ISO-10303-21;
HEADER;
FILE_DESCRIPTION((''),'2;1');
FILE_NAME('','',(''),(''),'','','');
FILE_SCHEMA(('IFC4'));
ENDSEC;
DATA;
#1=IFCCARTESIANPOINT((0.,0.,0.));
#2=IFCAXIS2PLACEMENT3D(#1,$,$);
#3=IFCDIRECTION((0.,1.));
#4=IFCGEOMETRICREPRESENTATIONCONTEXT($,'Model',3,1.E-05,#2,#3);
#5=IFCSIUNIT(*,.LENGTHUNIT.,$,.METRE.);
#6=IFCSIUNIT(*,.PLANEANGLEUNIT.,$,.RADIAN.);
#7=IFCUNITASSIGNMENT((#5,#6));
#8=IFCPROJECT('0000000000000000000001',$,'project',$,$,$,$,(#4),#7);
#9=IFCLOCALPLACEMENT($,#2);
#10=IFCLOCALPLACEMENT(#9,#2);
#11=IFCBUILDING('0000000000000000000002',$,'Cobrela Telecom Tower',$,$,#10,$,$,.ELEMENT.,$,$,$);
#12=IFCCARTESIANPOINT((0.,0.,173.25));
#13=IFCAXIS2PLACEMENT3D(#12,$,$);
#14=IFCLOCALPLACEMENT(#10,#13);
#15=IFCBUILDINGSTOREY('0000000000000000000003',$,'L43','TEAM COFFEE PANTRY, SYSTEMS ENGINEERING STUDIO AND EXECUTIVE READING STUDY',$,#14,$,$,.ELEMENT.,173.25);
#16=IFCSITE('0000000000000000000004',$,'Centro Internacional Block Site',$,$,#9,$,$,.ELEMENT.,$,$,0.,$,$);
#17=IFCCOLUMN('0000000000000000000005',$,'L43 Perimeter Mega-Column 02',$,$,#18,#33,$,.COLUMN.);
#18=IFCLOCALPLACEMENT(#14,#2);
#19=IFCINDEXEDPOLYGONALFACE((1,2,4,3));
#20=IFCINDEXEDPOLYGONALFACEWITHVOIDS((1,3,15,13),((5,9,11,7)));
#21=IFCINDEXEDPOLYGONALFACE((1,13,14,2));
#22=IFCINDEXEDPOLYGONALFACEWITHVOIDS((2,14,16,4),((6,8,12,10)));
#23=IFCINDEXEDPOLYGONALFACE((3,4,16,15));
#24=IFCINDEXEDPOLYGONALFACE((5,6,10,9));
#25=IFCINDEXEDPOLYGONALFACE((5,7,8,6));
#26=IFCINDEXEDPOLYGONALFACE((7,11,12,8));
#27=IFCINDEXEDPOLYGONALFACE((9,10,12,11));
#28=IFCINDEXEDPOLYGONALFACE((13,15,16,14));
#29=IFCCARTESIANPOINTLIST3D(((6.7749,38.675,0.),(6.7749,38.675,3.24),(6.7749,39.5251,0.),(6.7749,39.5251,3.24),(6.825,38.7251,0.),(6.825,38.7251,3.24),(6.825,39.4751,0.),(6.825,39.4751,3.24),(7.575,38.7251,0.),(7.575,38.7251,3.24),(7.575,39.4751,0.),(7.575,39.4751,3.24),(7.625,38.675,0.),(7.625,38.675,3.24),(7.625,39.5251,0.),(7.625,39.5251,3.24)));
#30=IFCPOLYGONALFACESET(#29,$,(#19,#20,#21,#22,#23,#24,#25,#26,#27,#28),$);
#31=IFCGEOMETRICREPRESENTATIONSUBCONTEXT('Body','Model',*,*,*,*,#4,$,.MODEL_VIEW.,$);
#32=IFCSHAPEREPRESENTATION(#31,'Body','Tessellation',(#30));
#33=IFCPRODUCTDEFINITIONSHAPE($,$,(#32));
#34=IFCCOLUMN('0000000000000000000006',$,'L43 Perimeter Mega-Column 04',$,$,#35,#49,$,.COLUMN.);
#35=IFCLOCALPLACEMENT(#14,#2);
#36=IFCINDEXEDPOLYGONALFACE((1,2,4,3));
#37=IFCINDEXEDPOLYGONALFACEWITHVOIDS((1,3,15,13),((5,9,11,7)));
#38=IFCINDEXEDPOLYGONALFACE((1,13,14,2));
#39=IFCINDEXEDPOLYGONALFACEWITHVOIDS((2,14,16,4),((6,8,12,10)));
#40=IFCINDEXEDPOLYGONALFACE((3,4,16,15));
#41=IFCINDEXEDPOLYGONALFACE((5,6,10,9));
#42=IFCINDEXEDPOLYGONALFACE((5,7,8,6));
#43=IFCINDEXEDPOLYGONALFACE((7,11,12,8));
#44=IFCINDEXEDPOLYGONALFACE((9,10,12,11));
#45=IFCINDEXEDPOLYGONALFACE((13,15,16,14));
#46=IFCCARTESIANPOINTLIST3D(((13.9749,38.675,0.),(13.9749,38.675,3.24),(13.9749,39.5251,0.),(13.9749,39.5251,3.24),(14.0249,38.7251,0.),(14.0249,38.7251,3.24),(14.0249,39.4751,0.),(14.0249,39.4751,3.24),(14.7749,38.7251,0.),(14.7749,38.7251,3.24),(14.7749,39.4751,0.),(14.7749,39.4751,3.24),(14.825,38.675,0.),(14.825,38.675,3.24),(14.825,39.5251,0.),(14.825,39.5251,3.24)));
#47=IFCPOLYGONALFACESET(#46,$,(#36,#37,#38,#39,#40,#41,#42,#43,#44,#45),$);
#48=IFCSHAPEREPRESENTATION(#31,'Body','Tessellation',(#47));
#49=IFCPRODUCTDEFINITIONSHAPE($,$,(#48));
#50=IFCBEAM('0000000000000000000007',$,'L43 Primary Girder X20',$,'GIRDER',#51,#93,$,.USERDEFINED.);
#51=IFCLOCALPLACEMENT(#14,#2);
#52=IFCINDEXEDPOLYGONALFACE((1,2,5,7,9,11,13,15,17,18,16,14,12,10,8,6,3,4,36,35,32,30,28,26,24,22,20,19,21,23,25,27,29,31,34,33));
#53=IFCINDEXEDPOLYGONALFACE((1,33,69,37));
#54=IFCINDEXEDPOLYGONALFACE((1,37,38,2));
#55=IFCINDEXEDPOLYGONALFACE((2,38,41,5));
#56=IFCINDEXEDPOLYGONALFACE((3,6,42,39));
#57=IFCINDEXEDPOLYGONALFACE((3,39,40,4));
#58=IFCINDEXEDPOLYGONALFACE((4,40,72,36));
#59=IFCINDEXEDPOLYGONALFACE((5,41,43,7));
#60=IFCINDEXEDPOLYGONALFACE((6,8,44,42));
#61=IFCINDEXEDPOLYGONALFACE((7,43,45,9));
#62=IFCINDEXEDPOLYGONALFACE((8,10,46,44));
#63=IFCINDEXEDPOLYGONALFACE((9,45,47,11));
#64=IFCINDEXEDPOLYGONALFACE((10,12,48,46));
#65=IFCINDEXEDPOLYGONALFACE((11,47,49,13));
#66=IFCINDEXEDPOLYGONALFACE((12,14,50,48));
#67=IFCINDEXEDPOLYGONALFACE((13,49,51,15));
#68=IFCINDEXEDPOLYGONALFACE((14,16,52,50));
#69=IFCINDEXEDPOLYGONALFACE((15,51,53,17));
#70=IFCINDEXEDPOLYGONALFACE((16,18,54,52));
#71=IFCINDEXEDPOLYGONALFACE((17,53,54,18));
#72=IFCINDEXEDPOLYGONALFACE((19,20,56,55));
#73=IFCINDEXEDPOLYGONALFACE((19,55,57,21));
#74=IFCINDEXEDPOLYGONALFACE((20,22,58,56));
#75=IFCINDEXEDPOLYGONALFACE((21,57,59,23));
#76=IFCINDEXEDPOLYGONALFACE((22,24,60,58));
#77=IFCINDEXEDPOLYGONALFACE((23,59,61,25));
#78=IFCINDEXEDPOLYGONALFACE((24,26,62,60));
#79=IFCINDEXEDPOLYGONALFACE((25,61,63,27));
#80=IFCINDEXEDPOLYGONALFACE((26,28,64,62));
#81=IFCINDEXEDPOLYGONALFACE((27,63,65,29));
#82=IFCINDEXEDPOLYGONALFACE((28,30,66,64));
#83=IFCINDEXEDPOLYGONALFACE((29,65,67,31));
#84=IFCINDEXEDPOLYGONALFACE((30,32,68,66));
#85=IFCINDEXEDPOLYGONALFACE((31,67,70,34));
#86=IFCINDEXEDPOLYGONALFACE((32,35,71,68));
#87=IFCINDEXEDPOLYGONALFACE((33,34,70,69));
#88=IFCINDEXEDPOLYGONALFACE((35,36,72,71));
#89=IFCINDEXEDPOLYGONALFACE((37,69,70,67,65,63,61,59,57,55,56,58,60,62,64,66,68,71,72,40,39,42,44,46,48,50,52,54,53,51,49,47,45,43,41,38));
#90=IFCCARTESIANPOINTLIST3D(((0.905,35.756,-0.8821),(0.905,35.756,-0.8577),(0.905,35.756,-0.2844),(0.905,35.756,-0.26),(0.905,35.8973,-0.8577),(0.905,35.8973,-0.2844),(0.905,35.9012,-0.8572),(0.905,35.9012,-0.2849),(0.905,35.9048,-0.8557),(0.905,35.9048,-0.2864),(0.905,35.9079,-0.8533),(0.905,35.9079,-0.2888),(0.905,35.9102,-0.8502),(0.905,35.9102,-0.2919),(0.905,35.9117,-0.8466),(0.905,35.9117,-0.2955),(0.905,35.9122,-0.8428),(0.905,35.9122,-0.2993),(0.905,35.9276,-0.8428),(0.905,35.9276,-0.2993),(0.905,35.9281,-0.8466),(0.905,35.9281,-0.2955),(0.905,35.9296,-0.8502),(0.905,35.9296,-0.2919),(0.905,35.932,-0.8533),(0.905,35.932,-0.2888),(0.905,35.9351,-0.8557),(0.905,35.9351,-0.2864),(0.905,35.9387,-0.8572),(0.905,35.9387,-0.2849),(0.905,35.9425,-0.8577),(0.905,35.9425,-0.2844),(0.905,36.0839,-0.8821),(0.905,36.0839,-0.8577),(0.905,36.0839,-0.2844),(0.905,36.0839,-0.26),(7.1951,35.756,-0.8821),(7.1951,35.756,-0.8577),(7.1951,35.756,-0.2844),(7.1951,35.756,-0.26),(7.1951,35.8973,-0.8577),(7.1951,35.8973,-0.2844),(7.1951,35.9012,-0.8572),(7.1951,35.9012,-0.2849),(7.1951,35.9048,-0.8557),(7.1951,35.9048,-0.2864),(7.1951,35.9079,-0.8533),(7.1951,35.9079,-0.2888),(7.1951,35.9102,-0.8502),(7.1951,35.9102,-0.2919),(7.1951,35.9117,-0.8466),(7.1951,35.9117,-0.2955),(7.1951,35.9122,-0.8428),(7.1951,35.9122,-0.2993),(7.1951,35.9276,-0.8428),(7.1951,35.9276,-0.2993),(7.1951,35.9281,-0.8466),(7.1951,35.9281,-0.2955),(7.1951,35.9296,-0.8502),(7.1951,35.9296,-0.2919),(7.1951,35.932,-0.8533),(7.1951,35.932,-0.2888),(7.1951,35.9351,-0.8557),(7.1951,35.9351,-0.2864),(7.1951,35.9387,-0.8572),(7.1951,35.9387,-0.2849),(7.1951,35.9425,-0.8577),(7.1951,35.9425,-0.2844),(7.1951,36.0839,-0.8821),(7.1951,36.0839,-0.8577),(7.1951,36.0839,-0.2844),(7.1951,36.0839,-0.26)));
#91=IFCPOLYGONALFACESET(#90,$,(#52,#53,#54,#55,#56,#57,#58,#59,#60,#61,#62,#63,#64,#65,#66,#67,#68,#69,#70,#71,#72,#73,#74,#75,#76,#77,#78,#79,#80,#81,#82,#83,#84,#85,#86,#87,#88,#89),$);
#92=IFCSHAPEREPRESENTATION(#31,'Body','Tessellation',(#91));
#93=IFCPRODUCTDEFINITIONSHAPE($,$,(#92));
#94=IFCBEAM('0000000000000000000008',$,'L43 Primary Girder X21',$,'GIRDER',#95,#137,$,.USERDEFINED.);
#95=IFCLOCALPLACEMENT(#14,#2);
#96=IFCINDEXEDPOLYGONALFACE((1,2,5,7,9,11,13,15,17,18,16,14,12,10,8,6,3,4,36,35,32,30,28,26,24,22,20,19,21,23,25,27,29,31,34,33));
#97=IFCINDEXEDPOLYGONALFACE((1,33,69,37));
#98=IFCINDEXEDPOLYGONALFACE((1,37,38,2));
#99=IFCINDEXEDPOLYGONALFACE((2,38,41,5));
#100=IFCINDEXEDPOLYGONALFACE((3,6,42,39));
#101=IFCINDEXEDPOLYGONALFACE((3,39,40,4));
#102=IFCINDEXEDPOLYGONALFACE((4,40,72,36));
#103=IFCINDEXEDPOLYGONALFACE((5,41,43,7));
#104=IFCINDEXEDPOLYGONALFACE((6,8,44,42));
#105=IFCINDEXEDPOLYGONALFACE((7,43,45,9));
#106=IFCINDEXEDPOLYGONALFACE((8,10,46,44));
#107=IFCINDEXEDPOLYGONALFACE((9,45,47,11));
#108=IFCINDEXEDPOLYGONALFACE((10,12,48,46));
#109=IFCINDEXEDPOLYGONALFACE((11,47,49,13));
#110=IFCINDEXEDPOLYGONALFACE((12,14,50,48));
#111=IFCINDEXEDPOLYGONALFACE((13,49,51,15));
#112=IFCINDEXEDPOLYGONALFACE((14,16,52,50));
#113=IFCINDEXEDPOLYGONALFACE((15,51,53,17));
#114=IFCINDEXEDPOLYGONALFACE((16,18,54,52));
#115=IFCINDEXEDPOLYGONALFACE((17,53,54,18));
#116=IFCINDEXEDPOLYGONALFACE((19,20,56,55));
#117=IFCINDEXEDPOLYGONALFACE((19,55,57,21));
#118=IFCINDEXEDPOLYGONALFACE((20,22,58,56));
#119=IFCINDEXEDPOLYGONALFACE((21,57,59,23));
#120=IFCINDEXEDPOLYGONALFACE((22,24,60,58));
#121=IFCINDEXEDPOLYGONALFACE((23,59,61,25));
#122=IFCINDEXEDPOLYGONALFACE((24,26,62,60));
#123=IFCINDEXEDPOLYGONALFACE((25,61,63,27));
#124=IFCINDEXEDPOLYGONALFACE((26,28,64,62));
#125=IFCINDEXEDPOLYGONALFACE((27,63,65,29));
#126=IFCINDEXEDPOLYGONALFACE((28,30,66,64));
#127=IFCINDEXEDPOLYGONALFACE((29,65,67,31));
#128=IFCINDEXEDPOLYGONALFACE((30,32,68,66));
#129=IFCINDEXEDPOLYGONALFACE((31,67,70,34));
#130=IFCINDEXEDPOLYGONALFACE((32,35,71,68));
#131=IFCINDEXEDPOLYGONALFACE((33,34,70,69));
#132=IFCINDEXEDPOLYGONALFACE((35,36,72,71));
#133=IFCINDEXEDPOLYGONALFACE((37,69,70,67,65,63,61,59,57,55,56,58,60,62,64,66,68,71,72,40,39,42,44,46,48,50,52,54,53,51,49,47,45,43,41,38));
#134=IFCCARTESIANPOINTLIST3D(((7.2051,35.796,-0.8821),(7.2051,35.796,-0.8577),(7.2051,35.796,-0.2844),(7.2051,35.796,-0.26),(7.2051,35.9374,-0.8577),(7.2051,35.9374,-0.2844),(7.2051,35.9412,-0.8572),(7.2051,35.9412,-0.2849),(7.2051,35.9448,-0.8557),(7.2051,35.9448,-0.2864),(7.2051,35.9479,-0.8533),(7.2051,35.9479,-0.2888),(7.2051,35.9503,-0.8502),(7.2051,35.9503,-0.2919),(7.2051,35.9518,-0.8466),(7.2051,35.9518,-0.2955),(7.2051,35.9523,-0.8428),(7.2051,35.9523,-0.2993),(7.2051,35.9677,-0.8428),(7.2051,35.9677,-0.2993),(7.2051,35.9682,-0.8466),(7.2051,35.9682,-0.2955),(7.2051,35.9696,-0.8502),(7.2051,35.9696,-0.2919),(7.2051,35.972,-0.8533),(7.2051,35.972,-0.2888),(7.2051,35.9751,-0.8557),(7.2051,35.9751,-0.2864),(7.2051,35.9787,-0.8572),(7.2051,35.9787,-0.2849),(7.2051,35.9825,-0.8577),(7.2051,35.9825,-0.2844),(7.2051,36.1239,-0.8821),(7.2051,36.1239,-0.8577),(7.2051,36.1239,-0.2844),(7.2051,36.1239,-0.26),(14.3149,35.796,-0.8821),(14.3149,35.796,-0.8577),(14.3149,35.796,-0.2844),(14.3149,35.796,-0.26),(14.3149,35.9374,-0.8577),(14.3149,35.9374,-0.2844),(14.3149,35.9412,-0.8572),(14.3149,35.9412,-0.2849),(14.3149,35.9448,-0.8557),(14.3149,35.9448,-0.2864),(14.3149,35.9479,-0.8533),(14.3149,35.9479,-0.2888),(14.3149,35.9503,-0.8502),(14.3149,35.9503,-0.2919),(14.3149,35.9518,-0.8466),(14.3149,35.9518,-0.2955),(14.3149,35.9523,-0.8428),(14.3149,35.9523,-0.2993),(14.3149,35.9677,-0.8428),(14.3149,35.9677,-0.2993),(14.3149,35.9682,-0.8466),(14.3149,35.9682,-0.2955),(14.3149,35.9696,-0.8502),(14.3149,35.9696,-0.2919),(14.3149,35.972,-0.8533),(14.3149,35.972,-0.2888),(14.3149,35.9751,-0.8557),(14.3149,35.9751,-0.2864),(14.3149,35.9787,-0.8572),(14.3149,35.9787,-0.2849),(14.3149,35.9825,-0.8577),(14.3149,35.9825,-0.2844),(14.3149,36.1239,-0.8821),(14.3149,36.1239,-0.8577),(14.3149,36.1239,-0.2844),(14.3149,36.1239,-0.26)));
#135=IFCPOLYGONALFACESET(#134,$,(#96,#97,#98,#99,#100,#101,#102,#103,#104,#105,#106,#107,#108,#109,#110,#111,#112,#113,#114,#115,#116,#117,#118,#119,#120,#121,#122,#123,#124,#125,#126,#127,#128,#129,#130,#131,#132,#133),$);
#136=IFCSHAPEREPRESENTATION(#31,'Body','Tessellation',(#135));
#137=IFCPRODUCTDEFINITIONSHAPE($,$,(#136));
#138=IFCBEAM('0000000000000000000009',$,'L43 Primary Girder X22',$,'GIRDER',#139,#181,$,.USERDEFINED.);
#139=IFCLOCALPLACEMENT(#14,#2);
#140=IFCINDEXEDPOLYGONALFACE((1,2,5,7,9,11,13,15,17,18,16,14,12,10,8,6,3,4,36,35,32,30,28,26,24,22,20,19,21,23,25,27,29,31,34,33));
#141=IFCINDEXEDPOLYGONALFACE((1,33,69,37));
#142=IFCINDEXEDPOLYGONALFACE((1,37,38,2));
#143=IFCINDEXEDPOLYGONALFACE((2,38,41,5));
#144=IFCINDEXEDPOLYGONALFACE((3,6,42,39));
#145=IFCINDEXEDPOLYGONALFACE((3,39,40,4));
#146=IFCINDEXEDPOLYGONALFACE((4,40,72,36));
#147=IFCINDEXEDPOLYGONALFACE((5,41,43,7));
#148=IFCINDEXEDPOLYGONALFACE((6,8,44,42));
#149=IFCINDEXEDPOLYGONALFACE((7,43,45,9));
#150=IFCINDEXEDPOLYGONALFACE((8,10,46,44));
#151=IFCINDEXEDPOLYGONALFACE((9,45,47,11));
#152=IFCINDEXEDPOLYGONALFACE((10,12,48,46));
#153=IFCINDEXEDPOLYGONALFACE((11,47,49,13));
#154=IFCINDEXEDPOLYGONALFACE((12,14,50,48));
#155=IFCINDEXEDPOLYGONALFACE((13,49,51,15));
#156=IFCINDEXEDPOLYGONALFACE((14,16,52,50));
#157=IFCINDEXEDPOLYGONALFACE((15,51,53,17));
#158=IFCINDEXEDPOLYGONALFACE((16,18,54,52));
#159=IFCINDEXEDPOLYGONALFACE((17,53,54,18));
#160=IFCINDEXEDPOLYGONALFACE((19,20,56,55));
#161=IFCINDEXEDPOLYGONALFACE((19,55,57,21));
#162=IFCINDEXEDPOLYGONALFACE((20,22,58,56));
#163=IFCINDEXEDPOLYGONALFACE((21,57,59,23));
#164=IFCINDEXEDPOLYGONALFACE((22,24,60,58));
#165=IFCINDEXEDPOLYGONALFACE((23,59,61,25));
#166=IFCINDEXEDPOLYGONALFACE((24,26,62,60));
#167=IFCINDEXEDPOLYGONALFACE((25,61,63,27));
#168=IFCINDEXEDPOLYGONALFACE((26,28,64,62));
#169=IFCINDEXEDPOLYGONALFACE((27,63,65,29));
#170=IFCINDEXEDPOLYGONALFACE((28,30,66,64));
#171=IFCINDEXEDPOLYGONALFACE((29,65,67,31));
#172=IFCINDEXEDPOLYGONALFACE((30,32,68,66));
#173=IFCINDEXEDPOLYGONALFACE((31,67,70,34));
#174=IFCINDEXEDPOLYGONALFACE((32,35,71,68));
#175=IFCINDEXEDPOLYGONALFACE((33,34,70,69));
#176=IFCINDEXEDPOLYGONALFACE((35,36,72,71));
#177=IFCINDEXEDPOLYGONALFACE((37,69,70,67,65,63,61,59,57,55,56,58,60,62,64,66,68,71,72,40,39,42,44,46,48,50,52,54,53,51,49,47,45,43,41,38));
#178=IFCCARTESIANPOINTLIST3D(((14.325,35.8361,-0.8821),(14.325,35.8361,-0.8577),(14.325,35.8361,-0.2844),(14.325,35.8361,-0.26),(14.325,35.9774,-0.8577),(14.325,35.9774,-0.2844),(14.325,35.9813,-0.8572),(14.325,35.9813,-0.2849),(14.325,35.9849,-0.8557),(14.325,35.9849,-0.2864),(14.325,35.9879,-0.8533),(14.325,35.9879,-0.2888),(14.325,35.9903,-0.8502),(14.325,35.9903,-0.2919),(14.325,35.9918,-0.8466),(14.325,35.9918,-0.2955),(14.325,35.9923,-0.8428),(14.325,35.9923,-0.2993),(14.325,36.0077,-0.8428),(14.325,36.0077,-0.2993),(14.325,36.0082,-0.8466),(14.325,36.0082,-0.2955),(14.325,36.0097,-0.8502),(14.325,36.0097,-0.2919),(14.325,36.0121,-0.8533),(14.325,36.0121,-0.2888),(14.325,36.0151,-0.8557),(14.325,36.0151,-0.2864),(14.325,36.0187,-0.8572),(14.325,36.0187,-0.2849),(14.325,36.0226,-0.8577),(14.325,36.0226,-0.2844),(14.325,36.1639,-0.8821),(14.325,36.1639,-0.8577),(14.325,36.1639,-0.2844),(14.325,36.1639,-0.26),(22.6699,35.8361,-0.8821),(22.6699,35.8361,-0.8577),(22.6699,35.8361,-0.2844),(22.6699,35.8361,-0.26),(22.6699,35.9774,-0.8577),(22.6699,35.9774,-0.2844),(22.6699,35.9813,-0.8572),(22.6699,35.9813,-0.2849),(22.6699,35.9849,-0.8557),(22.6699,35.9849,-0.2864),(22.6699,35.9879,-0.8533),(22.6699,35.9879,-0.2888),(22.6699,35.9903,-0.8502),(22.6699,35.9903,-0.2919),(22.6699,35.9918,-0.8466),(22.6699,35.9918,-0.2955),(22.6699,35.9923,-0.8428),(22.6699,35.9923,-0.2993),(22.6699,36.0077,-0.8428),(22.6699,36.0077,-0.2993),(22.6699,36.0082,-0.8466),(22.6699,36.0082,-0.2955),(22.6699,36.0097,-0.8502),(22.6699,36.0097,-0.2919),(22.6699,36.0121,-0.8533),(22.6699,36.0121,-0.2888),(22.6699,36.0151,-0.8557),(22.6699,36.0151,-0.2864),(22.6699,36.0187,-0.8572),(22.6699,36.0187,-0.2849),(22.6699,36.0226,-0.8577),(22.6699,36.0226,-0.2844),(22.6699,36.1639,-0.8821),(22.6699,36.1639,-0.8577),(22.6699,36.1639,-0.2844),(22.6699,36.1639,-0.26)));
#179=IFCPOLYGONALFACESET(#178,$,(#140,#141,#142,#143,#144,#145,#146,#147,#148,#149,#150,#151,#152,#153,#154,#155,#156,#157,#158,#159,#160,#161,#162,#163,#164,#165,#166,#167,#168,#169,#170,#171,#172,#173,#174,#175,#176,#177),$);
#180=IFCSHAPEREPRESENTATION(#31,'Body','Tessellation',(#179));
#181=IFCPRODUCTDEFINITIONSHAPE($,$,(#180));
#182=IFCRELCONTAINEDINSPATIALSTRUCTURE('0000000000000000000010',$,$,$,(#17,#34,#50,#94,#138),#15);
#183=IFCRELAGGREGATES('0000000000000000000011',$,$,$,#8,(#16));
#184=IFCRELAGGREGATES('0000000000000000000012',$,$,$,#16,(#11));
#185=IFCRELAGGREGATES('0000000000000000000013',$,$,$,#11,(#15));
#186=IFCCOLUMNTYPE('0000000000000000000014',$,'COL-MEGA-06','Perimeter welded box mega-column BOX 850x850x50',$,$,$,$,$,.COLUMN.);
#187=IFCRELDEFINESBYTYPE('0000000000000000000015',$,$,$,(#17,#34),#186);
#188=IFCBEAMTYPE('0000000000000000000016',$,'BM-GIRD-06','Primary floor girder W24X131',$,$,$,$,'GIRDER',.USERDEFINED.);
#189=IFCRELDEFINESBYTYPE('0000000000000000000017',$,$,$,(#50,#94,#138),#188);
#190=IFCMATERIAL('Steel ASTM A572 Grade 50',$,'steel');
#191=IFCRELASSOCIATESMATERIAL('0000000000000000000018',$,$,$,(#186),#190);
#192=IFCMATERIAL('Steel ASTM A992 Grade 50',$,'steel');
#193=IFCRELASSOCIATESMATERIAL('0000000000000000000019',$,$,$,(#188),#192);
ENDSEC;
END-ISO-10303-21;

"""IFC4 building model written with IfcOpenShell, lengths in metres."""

from ifc_helpers import new_model, si_unit, direction, frame, origin, origin_2d, place, context, subcontext, project, spatial, hollow_rectangle, i_section, extrude, material, material_profile, profile_set, type_object, element, save


model = new_model("IFC4")

# Units and contexts
model_context = context("Model", 3, precision=1e-05, world=origin(), true_north=direction((0.0, 1.0)))
body_context = subcontext(model_context, "Body", "Model", "MODEL_VIEW")
ifc_project = project(units=[si_unit("LENGTHUNIT", "METRE"), si_unit("PLANEANGLEUNIT", "RADIAN")], contexts=[model_context])

# Site, building, storey
site_placement = place(None, origin())
site = spatial("IfcSite", under=ifc_project, at=site_placement, Name="Centro Internacional Block Site", CompositionType="ELEMENT", RefElevation=0.0)
building_placement = place(site_placement, origin())
building = spatial("IfcBuilding", under=site, at=building_placement, Name="Cobrela Telecom Tower", CompositionType="ELEMENT")
storey_placement = place(building_placement, frame((0.0, 0.0, 173.25)))
storey = spatial("IfcBuildingStorey", under=building, at=storey_placement, Name="L43", Description="TEAM COFFEE PANTRY, SYSTEMS ENGINEERING STUDIO AND EXECUTIVE READING STUDY", CompositionType="ELEMENT", Elevation=173.25)

# Columns
ifc_material_1 = material(Name="Steel ASTM A572 Grade 50", Category="steel")
ifc_material_profile_1 = material_profile(ifc_material_1, hollow_rectangle(XDim=0.8501, YDim=0.8501, WallThickness=0.05, at=origin_2d()), Name="BOX 850x850x50")
ifc_profile_set_1 = profile_set([ifc_material_profile_1], Name="Steel ASTM A572 Grade 50")
column_type = type_object("IfcColumnType", Name="COL-MEGA-06", Description="Perimeter welded box mega-column BOX 850x850x50", PredefinedType="COLUMN", material=ifc_profile_set_1)
for number, where, z_axis, x_axis, name in (
    (1, (7.2, 39.1001, 0.0), (0.0, 0.0, 1.0), (1.0, 0.0, 0.0), "L43 Perimeter Mega-Column 02"),
    (2, (14.3999, 39.1001, 0.0), (0.0, 0.0, 1.0), (1.0, 0.0, 0.0), "L43 Perimeter Mega-Column 04"),
):
    element("IfcColumn", number, at=place(storey_placement, frame(where, z_axis=z_axis, x_axis=x_axis)), inside=storey, type_object=column_type, Name=name, PredefinedType="COLUMN", context=body_context, shape_type="SweptSolid", body=[
        extrude(hollow_rectangle(XDim=0.8501, YDim=0.8501, WallThickness=0.05, at=origin_2d()), origin(), (0.0, 0.0, 1.0), 3.24),
    ])

# Beams
ifc_material_2 = material(Name="Steel ASTM A992 Grade 50", Category="steel")
ifc_material_profile_2 = material_profile(ifc_material_2, i_section(OverallWidth=0.3279, OverallDepth=0.6221, WebThickness=0.0154, FlangeThickness=0.0244, FilletRadius=0.0149, at=origin_2d()), Name="W24X131")
ifc_profile_set_2 = profile_set([ifc_material_profile_2], Name="Steel ASTM A992 Grade 50")
beam_type_1 = type_object("IfcBeamType", Name="BM-GIRD-06", Description="Primary floor girder W24X131", ElementType="GIRDER", PredefinedType="USERDEFINED", material=ifc_profile_set_2)
beam_1_placement = place(storey_placement, frame((0.905, 35.9199, -0.571), z_axis=(1.0, 0.0, 0.0), x_axis=(0.0, 1.0, 0.0)))
element("IfcBeam", 3, at=beam_1_placement, inside=storey, type_object=beam_type_1, Name="L43 Primary Girder X20", ObjectType="GIRDER", PredefinedType="USERDEFINED", context=body_context, shape_type="SweptSolid", body=[
    extrude(i_section(OverallWidth=0.3279, OverallDepth=0.6221, WebThickness=0.0154, FlangeThickness=0.0244, FilletRadius=0.0149, at=origin_2d()), origin(), (0.0, 0.0, 1.0), 6.29),
])
beam_2_placement = place(storey_placement, frame((7.2051, 35.96, -0.571), z_axis=(1.0, 0.0, 0.0), x_axis=(0.0, 1.0, 0.0)))
element("IfcBeam", 4, at=beam_2_placement, inside=storey, type_object=beam_type_1, Name="L43 Primary Girder X21", ObjectType="GIRDER", PredefinedType="USERDEFINED", context=body_context, shape_type="SweptSolid", body=[
    extrude(i_section(OverallWidth=0.3279, OverallDepth=0.6221, WebThickness=0.0154, FlangeThickness=0.0244, FilletRadius=0.0149, at=origin_2d()), origin(), (0.0, 0.0, 1.0), 7.1099),
])
beam_3_placement = place(storey_placement, frame((14.325, 36.0, -0.571), z_axis=(1.0, 0.0, 0.0), x_axis=(0.0, 1.0, 0.0)))
element("IfcBeam", 5, at=beam_3_placement, inside=storey, type_object=beam_type_1, Name="L43 Primary Girder X22", ObjectType="GIRDER", PredefinedType="USERDEFINED", context=body_context, shape_type="SweptSolid", body=[
    extrude(i_section(OverallWidth=0.3279, OverallDepth=0.6221, WebThickness=0.0154, FlangeThickness=0.0244, FilletRadius=0.0149, at=origin_2d()), origin(), (0.0, 0.0, 1.0), 8.345),
])

save(model, "model.ifc")
